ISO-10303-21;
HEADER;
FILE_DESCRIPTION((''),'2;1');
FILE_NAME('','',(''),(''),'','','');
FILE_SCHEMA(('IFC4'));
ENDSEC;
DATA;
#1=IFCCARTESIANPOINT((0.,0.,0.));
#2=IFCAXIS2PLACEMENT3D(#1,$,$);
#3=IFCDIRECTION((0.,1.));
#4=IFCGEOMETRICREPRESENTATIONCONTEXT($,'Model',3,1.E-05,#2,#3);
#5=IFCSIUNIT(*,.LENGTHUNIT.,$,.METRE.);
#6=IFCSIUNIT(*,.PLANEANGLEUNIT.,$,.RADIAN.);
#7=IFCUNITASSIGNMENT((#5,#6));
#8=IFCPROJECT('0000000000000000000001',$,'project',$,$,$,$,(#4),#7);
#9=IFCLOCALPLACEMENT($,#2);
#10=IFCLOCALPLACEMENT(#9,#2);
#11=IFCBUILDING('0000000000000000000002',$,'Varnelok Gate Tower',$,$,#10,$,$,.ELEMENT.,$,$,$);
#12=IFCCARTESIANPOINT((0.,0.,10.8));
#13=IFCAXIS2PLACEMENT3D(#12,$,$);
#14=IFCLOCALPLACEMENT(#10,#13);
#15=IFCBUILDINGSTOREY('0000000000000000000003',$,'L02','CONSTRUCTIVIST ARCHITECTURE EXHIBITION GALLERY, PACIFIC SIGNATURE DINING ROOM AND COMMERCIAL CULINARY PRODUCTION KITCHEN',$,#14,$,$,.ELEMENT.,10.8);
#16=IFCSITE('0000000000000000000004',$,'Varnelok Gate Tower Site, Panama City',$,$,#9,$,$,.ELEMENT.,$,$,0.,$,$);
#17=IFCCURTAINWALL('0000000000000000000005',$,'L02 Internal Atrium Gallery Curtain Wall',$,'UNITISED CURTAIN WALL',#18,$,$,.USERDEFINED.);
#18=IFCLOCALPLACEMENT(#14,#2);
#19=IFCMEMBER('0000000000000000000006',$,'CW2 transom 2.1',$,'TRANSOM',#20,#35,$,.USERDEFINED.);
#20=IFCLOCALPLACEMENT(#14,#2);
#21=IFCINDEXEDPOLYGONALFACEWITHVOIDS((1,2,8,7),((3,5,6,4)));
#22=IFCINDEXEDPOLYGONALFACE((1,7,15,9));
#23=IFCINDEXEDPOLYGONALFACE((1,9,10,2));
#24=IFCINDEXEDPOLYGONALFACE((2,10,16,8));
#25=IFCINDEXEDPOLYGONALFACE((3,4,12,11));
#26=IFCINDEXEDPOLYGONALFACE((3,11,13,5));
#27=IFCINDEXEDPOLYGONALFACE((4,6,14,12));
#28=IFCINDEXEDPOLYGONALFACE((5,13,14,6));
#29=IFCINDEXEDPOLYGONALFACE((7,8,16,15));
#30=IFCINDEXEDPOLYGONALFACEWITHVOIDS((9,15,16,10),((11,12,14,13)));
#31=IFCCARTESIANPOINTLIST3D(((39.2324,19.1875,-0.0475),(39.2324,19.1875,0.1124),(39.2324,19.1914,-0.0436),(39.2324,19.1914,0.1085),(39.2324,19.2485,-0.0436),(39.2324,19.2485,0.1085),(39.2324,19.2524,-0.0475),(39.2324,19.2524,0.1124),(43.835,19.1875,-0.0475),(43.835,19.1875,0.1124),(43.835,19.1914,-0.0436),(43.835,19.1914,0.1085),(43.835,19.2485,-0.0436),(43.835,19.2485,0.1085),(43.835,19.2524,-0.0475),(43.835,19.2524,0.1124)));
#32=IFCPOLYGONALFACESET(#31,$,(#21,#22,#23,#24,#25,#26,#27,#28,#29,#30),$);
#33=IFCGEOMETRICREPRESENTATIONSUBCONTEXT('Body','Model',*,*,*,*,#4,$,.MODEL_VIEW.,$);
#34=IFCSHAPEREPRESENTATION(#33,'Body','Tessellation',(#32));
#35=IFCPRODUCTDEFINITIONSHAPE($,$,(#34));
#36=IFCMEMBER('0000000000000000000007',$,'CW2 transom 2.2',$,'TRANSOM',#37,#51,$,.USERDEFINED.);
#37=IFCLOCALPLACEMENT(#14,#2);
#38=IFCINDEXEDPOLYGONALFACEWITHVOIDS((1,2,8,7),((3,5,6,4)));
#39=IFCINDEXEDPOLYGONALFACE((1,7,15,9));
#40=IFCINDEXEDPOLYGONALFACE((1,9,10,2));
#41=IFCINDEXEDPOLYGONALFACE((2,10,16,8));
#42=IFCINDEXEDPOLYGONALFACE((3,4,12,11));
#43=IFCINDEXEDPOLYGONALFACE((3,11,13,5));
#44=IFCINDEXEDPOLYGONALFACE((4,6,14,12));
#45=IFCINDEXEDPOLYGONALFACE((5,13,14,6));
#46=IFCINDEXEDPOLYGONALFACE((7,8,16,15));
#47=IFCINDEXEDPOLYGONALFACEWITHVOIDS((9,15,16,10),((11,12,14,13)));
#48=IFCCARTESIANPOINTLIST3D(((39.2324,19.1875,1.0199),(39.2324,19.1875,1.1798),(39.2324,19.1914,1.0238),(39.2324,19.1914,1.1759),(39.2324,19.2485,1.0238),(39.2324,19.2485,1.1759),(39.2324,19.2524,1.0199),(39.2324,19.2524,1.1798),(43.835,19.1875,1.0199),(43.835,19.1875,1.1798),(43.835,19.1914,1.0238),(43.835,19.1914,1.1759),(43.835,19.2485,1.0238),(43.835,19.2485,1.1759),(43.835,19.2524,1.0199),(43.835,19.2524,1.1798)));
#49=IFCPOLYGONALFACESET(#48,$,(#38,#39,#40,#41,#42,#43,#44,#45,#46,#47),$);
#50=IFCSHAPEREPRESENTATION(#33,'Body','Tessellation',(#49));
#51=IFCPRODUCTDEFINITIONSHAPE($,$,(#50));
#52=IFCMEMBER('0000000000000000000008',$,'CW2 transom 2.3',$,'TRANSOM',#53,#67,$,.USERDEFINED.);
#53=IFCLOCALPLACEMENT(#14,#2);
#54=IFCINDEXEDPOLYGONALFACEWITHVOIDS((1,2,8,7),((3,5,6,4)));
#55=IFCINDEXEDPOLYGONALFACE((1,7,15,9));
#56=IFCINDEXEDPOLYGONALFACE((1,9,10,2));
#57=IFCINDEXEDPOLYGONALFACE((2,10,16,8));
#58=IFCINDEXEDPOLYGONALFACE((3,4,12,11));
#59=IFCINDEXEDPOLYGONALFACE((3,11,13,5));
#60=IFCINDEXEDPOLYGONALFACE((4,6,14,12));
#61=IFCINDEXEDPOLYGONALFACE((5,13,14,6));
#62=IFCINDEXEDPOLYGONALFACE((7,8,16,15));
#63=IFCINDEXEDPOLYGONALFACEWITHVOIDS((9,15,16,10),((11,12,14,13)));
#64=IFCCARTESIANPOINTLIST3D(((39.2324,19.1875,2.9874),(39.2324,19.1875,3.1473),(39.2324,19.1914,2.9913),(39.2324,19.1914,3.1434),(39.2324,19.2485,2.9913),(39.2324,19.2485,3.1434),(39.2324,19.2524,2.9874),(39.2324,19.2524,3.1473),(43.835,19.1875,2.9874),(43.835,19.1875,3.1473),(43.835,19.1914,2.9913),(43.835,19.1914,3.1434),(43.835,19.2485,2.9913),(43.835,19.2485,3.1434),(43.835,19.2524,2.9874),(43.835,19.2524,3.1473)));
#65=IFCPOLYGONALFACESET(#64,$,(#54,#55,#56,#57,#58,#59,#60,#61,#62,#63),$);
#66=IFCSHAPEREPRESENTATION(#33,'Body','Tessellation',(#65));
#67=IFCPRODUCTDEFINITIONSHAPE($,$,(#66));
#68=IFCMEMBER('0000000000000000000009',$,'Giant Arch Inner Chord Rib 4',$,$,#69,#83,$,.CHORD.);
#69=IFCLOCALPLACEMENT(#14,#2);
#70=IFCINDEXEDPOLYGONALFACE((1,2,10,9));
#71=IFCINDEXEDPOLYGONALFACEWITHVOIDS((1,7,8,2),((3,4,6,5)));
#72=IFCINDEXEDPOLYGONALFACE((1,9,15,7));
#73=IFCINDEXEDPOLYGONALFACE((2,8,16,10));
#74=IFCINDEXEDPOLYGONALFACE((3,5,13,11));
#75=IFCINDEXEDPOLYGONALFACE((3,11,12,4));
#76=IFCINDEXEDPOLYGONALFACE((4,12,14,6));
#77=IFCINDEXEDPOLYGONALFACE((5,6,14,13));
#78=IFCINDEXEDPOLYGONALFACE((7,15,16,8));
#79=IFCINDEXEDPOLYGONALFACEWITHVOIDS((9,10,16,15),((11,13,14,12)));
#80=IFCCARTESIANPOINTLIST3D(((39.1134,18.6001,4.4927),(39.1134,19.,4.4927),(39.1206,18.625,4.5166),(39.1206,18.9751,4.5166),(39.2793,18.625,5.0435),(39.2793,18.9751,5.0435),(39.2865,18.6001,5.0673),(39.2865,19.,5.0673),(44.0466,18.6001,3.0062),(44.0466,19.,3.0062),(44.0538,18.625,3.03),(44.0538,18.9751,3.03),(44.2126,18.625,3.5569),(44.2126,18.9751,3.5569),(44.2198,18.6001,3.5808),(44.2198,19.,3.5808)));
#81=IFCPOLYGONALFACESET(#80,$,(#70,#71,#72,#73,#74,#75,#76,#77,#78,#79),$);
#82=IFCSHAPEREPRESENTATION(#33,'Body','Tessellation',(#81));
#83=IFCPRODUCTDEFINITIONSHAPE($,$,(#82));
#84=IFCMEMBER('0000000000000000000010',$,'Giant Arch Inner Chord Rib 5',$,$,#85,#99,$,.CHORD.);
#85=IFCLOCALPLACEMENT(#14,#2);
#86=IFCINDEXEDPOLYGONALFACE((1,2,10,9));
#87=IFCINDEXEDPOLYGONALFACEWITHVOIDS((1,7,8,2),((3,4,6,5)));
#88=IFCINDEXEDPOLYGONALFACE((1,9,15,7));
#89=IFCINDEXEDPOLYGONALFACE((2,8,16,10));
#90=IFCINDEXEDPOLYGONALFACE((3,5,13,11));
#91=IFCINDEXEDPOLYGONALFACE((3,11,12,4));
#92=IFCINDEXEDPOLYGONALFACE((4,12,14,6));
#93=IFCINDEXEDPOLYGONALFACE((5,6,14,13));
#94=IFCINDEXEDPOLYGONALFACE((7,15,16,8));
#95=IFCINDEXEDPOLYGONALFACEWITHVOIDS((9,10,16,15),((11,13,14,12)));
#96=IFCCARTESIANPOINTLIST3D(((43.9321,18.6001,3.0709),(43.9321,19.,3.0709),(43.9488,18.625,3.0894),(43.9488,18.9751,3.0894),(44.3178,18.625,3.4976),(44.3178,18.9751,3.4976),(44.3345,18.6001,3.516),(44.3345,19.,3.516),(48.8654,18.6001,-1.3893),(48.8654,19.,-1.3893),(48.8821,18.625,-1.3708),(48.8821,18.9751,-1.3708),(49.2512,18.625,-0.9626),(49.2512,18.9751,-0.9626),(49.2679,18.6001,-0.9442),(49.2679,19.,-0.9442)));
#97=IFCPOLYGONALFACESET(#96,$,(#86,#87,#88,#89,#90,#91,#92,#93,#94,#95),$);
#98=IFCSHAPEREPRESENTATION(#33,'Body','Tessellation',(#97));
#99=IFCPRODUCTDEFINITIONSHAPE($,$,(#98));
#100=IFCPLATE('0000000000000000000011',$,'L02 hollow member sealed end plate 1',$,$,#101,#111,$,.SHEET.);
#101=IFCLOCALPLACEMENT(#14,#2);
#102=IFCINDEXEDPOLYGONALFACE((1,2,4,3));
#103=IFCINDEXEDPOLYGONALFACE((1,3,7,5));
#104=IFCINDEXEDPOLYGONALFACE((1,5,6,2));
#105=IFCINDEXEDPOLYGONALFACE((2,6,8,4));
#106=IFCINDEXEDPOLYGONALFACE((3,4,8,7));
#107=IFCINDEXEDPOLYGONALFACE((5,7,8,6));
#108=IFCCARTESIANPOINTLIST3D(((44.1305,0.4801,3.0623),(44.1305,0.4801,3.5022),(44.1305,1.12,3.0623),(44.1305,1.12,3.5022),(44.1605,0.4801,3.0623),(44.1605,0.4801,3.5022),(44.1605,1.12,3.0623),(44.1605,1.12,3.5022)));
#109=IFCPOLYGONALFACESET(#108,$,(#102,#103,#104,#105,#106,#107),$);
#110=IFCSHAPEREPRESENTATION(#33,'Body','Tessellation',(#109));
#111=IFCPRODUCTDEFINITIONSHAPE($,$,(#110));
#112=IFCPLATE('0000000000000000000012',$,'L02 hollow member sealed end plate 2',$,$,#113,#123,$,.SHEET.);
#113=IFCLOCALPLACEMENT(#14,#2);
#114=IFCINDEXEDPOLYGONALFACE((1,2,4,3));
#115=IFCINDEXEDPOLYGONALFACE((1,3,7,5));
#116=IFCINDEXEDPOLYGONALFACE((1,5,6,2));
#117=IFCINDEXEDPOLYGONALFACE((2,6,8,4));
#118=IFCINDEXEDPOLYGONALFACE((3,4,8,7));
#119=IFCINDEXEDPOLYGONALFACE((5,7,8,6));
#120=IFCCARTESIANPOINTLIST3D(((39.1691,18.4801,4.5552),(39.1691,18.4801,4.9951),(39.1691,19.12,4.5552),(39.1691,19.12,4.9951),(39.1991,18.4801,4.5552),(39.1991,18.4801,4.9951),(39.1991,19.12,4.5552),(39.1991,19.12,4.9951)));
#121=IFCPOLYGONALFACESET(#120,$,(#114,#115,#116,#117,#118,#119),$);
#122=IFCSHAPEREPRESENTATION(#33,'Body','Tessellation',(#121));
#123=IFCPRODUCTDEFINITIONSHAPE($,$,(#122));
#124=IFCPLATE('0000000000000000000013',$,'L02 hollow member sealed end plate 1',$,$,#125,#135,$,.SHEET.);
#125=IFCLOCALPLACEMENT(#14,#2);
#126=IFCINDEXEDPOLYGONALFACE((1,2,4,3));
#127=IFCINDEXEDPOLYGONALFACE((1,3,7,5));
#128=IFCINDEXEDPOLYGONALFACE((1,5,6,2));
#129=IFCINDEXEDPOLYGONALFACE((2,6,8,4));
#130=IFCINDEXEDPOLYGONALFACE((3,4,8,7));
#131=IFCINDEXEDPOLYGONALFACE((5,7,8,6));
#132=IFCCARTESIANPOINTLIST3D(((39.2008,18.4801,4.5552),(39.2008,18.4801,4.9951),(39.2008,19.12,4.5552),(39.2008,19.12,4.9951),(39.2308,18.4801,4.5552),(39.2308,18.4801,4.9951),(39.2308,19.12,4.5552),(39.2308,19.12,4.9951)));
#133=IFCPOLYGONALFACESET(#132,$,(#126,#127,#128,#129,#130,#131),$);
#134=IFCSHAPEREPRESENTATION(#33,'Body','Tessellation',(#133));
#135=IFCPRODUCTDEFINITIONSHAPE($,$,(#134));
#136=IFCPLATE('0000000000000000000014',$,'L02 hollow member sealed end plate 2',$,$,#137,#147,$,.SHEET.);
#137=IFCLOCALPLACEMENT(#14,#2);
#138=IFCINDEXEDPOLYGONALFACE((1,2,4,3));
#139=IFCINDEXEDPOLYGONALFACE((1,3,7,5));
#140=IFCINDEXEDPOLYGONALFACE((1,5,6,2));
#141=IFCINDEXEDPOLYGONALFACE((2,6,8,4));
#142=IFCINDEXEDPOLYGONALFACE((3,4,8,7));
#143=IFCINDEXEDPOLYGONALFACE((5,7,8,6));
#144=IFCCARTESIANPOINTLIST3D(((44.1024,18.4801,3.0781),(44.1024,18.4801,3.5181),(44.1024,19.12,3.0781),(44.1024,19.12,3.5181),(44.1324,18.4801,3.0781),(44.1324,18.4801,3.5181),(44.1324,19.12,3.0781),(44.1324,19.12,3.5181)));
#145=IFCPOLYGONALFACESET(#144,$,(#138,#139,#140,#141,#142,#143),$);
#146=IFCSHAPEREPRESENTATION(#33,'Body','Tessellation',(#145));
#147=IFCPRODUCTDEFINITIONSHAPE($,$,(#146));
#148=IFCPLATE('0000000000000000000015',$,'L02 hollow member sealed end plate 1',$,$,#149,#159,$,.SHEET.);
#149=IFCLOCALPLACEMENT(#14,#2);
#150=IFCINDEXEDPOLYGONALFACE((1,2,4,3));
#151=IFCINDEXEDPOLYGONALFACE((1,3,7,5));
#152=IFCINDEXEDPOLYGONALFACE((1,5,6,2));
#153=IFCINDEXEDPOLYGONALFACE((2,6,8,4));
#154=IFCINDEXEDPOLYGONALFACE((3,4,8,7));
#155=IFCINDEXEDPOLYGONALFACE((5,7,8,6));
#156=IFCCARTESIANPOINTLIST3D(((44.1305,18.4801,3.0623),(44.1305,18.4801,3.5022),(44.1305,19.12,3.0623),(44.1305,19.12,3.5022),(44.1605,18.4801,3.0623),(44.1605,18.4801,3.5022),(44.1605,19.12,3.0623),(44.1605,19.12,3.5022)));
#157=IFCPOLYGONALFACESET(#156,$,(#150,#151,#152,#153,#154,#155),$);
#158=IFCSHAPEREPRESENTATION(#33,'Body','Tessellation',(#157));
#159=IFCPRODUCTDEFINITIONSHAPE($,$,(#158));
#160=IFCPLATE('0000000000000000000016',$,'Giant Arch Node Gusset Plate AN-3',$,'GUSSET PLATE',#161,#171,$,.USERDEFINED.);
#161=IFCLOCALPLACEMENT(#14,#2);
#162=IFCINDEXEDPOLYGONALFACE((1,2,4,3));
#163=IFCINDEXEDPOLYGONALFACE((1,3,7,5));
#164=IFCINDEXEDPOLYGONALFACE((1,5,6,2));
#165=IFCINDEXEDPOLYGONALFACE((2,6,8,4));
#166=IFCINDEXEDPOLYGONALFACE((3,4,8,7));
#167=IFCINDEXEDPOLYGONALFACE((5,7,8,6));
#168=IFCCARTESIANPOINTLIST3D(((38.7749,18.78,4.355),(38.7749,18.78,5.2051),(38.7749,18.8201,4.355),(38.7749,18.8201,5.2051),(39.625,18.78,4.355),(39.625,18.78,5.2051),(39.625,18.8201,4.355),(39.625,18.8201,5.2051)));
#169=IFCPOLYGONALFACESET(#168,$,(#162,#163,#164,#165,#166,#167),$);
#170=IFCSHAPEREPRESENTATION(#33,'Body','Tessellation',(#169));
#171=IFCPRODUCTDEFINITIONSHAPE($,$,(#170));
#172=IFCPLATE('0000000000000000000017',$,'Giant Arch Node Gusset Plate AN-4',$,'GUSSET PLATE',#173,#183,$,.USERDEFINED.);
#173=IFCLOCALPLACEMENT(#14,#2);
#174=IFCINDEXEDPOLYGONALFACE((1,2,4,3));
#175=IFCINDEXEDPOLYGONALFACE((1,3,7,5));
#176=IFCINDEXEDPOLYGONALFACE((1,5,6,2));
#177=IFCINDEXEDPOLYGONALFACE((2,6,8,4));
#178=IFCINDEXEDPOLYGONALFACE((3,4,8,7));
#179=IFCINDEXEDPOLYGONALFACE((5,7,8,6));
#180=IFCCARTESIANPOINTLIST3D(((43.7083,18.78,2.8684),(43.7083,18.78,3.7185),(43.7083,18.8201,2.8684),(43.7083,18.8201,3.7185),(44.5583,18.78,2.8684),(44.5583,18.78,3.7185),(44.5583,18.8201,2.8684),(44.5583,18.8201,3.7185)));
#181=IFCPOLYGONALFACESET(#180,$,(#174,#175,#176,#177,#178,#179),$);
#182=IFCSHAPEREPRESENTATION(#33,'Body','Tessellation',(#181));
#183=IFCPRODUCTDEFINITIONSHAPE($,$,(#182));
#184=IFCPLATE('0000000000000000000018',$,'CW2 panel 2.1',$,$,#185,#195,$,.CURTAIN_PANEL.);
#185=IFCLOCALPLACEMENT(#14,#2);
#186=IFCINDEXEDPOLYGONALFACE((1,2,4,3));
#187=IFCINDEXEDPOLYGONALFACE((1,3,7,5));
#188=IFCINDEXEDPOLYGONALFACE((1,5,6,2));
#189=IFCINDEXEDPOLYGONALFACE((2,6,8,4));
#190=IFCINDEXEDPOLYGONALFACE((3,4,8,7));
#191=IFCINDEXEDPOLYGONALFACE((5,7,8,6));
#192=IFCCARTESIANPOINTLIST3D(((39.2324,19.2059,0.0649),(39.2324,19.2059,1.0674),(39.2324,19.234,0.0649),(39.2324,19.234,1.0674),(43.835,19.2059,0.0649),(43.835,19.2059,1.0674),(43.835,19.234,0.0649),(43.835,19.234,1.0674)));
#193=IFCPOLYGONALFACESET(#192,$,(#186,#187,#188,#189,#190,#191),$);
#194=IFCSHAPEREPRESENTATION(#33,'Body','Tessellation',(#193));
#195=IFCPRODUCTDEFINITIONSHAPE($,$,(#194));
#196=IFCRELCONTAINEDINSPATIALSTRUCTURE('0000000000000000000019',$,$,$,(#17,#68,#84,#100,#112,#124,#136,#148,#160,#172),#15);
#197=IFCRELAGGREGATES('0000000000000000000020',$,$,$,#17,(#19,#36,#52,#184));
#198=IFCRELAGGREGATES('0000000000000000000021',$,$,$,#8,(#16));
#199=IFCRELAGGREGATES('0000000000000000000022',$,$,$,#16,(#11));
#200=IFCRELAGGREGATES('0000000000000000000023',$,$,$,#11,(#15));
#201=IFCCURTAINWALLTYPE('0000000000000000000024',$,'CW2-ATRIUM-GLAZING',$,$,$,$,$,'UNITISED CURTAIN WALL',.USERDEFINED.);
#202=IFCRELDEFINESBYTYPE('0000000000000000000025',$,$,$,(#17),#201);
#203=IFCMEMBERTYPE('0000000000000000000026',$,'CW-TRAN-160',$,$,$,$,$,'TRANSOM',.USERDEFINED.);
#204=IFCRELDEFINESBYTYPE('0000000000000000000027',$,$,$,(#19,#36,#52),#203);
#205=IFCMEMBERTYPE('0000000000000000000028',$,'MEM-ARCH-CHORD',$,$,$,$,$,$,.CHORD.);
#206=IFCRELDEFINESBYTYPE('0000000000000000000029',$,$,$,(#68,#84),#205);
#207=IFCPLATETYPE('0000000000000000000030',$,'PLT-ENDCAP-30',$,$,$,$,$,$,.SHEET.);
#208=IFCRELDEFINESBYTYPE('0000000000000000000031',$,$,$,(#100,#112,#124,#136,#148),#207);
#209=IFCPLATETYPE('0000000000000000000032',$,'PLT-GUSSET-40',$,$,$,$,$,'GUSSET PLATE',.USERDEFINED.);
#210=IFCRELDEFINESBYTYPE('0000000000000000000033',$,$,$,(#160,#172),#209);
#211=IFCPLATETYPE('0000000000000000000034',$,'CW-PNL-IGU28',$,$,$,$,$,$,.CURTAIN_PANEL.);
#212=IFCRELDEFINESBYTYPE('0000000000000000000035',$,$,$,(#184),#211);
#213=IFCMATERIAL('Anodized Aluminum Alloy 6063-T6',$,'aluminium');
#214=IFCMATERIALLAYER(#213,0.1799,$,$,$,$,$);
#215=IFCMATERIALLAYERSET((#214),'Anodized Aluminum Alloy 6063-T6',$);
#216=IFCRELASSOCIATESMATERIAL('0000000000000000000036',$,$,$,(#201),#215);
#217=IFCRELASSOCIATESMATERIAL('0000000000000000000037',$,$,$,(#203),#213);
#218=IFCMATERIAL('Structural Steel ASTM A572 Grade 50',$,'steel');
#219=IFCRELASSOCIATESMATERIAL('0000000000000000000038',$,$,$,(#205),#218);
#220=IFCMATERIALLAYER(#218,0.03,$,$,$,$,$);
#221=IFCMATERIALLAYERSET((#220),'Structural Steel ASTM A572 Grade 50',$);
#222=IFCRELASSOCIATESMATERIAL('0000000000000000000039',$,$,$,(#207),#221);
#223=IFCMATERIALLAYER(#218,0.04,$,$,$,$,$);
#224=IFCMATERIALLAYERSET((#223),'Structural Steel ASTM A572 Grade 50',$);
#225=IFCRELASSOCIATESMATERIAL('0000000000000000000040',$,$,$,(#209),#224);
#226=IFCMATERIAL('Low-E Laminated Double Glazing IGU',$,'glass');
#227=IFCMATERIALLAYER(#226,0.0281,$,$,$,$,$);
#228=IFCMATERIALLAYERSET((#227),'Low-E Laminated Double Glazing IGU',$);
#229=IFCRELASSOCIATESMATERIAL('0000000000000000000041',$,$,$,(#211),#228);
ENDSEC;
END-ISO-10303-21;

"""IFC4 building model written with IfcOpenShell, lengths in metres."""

from ifc_helpers import new_model, si_unit, direction, frame, origin, origin_2d, place, context, subcontext, project, spatial, rectangle, hollow_rectangle, extrude, source, transform, mapped, material, layer, layer_set, material_profile, profile_set, type_object, element, aggregate, save


model = new_model("IFC4")

# Units and contexts
model_context = context("Model", 3, precision=1e-05, world=origin(), true_north=direction((0.0, 1.0)))
body_context = subcontext(model_context, "Body", "Model", "MODEL_VIEW")
ifc_project = project(units=[si_unit("LENGTHUNIT", "METRE"), si_unit("PLANEANGLEUNIT", "RADIAN")], contexts=[model_context])

# Site, building, storey
site_placement = place(None, origin())
site = spatial("IfcSite", under=ifc_project, at=site_placement, Name="Varnelok Gate Tower Site, Panama City", CompositionType="ELEMENT", RefElevation=0.0)
building_placement = place(site_placement, origin())
building = spatial("IfcBuilding", under=site, at=building_placement, Name="Varnelok Gate Tower", CompositionType="ELEMENT")
storey_placement = place(building_placement, frame((0.0, 0.0, 10.8)))
storey = spatial("IfcBuildingStorey", under=building, at=storey_placement, Name="L02", Description="CONSTRUCTIVIST ARCHITECTURE EXHIBITION GALLERY, PACIFIC SIGNATURE DINING ROOM AND COMMERCIAL CULINARY PRODUCTION KITCHEN", CompositionType="ELEMENT", Elevation=10.8)

# Curtain wall, members
ifc_material_1 = material(Name="Anodized Aluminum Alloy 6063-T6", Category="aluminium")
ifc_layer_1 = layer(ifc_material_1, 0.1799)
ifc_layer_set_1 = layer_set([ifc_layer_1], Name="Anodized Aluminum Alloy 6063-T6")
curtain_wall_type = type_object("IfcCurtainWallType", Name="CW2-ATRIUM-GLAZING", ElementType="UNITISED CURTAIN WALL", PredefinedType="USERDEFINED", material=ifc_layer_set_1)
curtain_wall_placement = place(storey_placement, origin())
curtain_wall = element("IfcCurtainWall", 1, at=curtain_wall_placement, inside=storey, type_object=curtain_wall_type, Name="L02 Internal Atrium Gallery Curtain Wall", ObjectType="UNITISED CURTAIN WALL", PredefinedType="USERDEFINED")
ifc_material_profile_1 = material_profile(ifc_material_1, hollow_rectangle(XDim=0.0649, YDim=0.1599, WallThickness=0.0039, at=origin_2d()), Name="ALU160X65X4")
ifc_profile_set_1 = profile_set([ifc_material_profile_1], Name="Anodized Aluminum Alloy 6063-T6")
member_type_1 = type_object("IfcMemberType", Name="CW-TRAN-160", ElementType="TRANSOM", PredefinedType="USERDEFINED", material=ifc_profile_set_1)
member_1_placement = place(storey_placement, frame((39.2324, 19.22, 0.0325), z_axis=(1.0, 0.0, 0.0), x_axis=(0.0, 1.0, 0.0)))
member_1 = element("IfcMember", 2, at=member_1_placement, type_object=member_type_1, Name="CW2 transom 2.1", ObjectType="TRANSOM", PredefinedType="USERDEFINED", context=body_context, shape_type="SweptSolid", body=[
    extrude(hollow_rectangle(XDim=0.0649, YDim=0.1599, WallThickness=0.0039, at=origin_2d()), origin(), (0.0, 0.0, 1.0), 4.6025),
])
member_2_placement = place(storey_placement, frame((39.2324, 19.22, 1.0999), z_axis=(1.0, 0.0, 0.0), x_axis=(0.0, 1.0, 0.0)))
member_2 = element("IfcMember", 3, at=member_2_placement, type_object=member_type_1, Name="CW2 transom 2.2", ObjectType="TRANSOM", PredefinedType="USERDEFINED", context=body_context, shape_type="SweptSolid", body=[
    extrude(hollow_rectangle(XDim=0.0649, YDim=0.1599, WallThickness=0.0039, at=origin_2d()), origin(), (0.0, 0.0, 1.0), 4.6025),
])
member_3_placement = place(storey_placement, frame((39.2324, 19.22, 3.0674), z_axis=(1.0, 0.0, 0.0), x_axis=(0.0, 1.0, 0.0)))
member_3 = element("IfcMember", 4, at=member_3_placement, type_object=member_type_1, Name="CW2 transom 2.3", ObjectType="TRANSOM", PredefinedType="USERDEFINED", context=body_context, shape_type="SweptSolid", body=[
    extrude(hollow_rectangle(XDim=0.0649, YDim=0.1599, WallThickness=0.0039, at=origin_2d()), origin(), (0.0, 0.0, 1.0), 4.6025),
])

# Members
ifc_material_2 = material(Name="Structural Steel ASTM A572 Grade 50", Category="steel")
ifc_material_profile_2 = material_profile(ifc_material_2, hollow_rectangle(XDim=0.3999, YDim=0.6001, WallThickness=0.0249, at=origin_2d()), Name="HSS600X400X25")
ifc_profile_set_2 = profile_set([ifc_material_profile_2], Name="Structural Steel ASTM A572 Grade 50")
member_type_2 = type_object("IfcMemberType", Name="MEM-ARCH-CHORD", PredefinedType="CHORD", material=ifc_profile_set_2)
member_4_placement = place(storey_placement, frame((39.2, 18.8, 4.78), z_axis=(0.957475, 0.0, -0.288517), x_axis=(0.0, 1.0, 0.0)))
element("IfcMember", 5, at=member_4_placement, inside=storey, type_object=member_type_2, Name="Giant Arch Inner Chord Rib 4", PredefinedType="CHORD", context=body_context, shape_type="SweptSolid", body=[
    extrude(hollow_rectangle(XDim=0.3999, YDim=0.6001, WallThickness=0.0249, at=origin_2d()), origin(), (0.0, 0.0, 1.0), 5.1523),
])
member_5_placement = place(storey_placement, frame((44.1333, 18.8, 3.2935), z_axis=(0.741783, 0.0, -0.67064), x_axis=(0.0, 1.0, 0.0)))
element("IfcMember", 6, at=member_5_placement, inside=storey, type_object=member_type_2, Name="Giant Arch Inner Chord Rib 5", PredefinedType="CHORD", context=body_context, shape_type="SweptSolid", body=[
    extrude(hollow_rectangle(XDim=0.3999, YDim=0.6001, WallThickness=0.0249, at=origin_2d()), origin(), (0.0, 0.0, 1.0), 6.6506),
])

# Plates
ifc_layer_2 = layer(ifc_material_2, 0.03)
ifc_layer_set_2 = layer_set([ifc_layer_2], Name="Structural Steel ASTM A572 Grade 50")
plate_type_1 = type_object("IfcPlateType", Name="PLT-ENDCAP-30", PredefinedType="SHEET", material=ifc_layer_set_2)
shared_shape_1 = source(origin(), body_context, "Body", "SweptSolid", [
    extrude(rectangle(XDim=0.03, YDim=0.6399, at=origin_2d()), origin(), (0.0, 0.0, 1.0), 0.4399),
])
for number, where, z_axis, x_axis, name in (
    (7, (44.1455, 0.8, 3.0623), (0.0, 0.0, 1.0), (1.0, 0.0, 0.0), "L02 hollow member sealed end plate 1"),
    (8, (39.1841, 18.8, 4.5552), (0.0, 0.0, 1.0), (1.0, 0.0, 0.0), "L02 hollow member sealed end plate 2"),
    (9, (39.2158, 18.8, 4.5552), (0.0, 0.0, 1.0), (1.0, 0.0, 0.0), "L02 hollow member sealed end plate 1"),
    (10, (44.1174, 18.8, 3.0781), (0.0, 0.0, 1.0), (1.0, 0.0, 0.0), "L02 hollow member sealed end plate 2"),
    (11, (44.1455, 18.8, 3.0623), (0.0, 0.0, 1.0), (1.0, 0.0, 0.0), "L02 hollow member sealed end plate 1"),
):
    element("IfcPlate", number, at=place(storey_placement, frame(where, z_axis=z_axis, x_axis=x_axis)), inside=storey, type_object=plate_type_1, Name=name, PredefinedType="SHEET", context=body_context, shape_type="MappedRepresentation", body=[
        mapped(shared_shape_1, transform((0.0, 0.0, 0.0), scale=1.0)),
    ])
ifc_layer_3 = layer(ifc_material_2, 0.04)
ifc_layer_set_3 = layer_set([ifc_layer_3], Name="Structural Steel ASTM A572 Grade 50")
plate_type_2 = type_object("IfcPlateType", Name="PLT-GUSSET-40", ElementType="GUSSET PLATE", PredefinedType="USERDEFINED", material=ifc_layer_set_3)
shared_shape_2 = source(origin(), body_context, "Body", "SweptSolid", [
    extrude(rectangle(XDim=0.8501, YDim=0.04, at=origin_2d()), origin(), (0.0, 0.0, 1.0), 0.8501),
])
for number, where, z_axis, x_axis, name in (
    (12, (39.2, 18.8, 4.355), (0.0, 0.0, 1.0), (1.0, 0.0, 0.0), "Giant Arch Node Gusset Plate AN-3"),
    (13, (44.1333, 18.8, 2.8684), (0.0, 0.0, 1.0), (1.0, 0.0, 0.0), "Giant Arch Node Gusset Plate AN-4"),
):
    element("IfcPlate", number, at=place(storey_placement, frame(where, z_axis=z_axis, x_axis=x_axis)), inside=storey, type_object=plate_type_2, Name=name, ObjectType="GUSSET PLATE", PredefinedType="USERDEFINED", context=body_context, shape_type="MappedRepresentation", body=[
        mapped(shared_shape_2, transform((0.0, 0.0, 0.0), scale=1.0)),
    ])

# Plate
ifc_material_3 = material(Name="Low-E Laminated Double Glazing IGU", Category="glass")
ifc_layer_4 = layer(ifc_material_3, 0.0281)
ifc_layer_set_4 = layer_set([ifc_layer_4], Name="Low-E Laminated Double Glazing IGU")
plate_type_3 = type_object("IfcPlateType", Name="CW-PNL-IGU28", PredefinedType="CURTAIN_PANEL", material=ifc_layer_set_4)
shared_shape_3 = source(origin(), body_context, "Body", "SweptSolid", [
    extrude(rectangle(XDim=4.6025, YDim=0.0281, at=origin_2d()), origin(), (0.0, 0.0, 1.0), 1.0024),
])
plate_1_placement = place(storey_placement, frame((41.5337, 19.22, 0.0649), z_axis=(0.0, 0.0, 1.0), x_axis=(1.0, 0.0, 0.0)))
plate_1 = element("IfcPlate", 14, at=plate_1_placement, type_object=plate_type_3, Name="CW2 panel 2.1", PredefinedType="CURTAIN_PANEL", context=body_context, shape_type="MappedRepresentation", body=[
    mapped(shared_shape_3, transform((0.0, 0.0, 0.0), scale=1.0)),
])
aggregate(curtain_wall, [member_1, member_2, member_3, plate_1])

save(model, "model.ifc")
